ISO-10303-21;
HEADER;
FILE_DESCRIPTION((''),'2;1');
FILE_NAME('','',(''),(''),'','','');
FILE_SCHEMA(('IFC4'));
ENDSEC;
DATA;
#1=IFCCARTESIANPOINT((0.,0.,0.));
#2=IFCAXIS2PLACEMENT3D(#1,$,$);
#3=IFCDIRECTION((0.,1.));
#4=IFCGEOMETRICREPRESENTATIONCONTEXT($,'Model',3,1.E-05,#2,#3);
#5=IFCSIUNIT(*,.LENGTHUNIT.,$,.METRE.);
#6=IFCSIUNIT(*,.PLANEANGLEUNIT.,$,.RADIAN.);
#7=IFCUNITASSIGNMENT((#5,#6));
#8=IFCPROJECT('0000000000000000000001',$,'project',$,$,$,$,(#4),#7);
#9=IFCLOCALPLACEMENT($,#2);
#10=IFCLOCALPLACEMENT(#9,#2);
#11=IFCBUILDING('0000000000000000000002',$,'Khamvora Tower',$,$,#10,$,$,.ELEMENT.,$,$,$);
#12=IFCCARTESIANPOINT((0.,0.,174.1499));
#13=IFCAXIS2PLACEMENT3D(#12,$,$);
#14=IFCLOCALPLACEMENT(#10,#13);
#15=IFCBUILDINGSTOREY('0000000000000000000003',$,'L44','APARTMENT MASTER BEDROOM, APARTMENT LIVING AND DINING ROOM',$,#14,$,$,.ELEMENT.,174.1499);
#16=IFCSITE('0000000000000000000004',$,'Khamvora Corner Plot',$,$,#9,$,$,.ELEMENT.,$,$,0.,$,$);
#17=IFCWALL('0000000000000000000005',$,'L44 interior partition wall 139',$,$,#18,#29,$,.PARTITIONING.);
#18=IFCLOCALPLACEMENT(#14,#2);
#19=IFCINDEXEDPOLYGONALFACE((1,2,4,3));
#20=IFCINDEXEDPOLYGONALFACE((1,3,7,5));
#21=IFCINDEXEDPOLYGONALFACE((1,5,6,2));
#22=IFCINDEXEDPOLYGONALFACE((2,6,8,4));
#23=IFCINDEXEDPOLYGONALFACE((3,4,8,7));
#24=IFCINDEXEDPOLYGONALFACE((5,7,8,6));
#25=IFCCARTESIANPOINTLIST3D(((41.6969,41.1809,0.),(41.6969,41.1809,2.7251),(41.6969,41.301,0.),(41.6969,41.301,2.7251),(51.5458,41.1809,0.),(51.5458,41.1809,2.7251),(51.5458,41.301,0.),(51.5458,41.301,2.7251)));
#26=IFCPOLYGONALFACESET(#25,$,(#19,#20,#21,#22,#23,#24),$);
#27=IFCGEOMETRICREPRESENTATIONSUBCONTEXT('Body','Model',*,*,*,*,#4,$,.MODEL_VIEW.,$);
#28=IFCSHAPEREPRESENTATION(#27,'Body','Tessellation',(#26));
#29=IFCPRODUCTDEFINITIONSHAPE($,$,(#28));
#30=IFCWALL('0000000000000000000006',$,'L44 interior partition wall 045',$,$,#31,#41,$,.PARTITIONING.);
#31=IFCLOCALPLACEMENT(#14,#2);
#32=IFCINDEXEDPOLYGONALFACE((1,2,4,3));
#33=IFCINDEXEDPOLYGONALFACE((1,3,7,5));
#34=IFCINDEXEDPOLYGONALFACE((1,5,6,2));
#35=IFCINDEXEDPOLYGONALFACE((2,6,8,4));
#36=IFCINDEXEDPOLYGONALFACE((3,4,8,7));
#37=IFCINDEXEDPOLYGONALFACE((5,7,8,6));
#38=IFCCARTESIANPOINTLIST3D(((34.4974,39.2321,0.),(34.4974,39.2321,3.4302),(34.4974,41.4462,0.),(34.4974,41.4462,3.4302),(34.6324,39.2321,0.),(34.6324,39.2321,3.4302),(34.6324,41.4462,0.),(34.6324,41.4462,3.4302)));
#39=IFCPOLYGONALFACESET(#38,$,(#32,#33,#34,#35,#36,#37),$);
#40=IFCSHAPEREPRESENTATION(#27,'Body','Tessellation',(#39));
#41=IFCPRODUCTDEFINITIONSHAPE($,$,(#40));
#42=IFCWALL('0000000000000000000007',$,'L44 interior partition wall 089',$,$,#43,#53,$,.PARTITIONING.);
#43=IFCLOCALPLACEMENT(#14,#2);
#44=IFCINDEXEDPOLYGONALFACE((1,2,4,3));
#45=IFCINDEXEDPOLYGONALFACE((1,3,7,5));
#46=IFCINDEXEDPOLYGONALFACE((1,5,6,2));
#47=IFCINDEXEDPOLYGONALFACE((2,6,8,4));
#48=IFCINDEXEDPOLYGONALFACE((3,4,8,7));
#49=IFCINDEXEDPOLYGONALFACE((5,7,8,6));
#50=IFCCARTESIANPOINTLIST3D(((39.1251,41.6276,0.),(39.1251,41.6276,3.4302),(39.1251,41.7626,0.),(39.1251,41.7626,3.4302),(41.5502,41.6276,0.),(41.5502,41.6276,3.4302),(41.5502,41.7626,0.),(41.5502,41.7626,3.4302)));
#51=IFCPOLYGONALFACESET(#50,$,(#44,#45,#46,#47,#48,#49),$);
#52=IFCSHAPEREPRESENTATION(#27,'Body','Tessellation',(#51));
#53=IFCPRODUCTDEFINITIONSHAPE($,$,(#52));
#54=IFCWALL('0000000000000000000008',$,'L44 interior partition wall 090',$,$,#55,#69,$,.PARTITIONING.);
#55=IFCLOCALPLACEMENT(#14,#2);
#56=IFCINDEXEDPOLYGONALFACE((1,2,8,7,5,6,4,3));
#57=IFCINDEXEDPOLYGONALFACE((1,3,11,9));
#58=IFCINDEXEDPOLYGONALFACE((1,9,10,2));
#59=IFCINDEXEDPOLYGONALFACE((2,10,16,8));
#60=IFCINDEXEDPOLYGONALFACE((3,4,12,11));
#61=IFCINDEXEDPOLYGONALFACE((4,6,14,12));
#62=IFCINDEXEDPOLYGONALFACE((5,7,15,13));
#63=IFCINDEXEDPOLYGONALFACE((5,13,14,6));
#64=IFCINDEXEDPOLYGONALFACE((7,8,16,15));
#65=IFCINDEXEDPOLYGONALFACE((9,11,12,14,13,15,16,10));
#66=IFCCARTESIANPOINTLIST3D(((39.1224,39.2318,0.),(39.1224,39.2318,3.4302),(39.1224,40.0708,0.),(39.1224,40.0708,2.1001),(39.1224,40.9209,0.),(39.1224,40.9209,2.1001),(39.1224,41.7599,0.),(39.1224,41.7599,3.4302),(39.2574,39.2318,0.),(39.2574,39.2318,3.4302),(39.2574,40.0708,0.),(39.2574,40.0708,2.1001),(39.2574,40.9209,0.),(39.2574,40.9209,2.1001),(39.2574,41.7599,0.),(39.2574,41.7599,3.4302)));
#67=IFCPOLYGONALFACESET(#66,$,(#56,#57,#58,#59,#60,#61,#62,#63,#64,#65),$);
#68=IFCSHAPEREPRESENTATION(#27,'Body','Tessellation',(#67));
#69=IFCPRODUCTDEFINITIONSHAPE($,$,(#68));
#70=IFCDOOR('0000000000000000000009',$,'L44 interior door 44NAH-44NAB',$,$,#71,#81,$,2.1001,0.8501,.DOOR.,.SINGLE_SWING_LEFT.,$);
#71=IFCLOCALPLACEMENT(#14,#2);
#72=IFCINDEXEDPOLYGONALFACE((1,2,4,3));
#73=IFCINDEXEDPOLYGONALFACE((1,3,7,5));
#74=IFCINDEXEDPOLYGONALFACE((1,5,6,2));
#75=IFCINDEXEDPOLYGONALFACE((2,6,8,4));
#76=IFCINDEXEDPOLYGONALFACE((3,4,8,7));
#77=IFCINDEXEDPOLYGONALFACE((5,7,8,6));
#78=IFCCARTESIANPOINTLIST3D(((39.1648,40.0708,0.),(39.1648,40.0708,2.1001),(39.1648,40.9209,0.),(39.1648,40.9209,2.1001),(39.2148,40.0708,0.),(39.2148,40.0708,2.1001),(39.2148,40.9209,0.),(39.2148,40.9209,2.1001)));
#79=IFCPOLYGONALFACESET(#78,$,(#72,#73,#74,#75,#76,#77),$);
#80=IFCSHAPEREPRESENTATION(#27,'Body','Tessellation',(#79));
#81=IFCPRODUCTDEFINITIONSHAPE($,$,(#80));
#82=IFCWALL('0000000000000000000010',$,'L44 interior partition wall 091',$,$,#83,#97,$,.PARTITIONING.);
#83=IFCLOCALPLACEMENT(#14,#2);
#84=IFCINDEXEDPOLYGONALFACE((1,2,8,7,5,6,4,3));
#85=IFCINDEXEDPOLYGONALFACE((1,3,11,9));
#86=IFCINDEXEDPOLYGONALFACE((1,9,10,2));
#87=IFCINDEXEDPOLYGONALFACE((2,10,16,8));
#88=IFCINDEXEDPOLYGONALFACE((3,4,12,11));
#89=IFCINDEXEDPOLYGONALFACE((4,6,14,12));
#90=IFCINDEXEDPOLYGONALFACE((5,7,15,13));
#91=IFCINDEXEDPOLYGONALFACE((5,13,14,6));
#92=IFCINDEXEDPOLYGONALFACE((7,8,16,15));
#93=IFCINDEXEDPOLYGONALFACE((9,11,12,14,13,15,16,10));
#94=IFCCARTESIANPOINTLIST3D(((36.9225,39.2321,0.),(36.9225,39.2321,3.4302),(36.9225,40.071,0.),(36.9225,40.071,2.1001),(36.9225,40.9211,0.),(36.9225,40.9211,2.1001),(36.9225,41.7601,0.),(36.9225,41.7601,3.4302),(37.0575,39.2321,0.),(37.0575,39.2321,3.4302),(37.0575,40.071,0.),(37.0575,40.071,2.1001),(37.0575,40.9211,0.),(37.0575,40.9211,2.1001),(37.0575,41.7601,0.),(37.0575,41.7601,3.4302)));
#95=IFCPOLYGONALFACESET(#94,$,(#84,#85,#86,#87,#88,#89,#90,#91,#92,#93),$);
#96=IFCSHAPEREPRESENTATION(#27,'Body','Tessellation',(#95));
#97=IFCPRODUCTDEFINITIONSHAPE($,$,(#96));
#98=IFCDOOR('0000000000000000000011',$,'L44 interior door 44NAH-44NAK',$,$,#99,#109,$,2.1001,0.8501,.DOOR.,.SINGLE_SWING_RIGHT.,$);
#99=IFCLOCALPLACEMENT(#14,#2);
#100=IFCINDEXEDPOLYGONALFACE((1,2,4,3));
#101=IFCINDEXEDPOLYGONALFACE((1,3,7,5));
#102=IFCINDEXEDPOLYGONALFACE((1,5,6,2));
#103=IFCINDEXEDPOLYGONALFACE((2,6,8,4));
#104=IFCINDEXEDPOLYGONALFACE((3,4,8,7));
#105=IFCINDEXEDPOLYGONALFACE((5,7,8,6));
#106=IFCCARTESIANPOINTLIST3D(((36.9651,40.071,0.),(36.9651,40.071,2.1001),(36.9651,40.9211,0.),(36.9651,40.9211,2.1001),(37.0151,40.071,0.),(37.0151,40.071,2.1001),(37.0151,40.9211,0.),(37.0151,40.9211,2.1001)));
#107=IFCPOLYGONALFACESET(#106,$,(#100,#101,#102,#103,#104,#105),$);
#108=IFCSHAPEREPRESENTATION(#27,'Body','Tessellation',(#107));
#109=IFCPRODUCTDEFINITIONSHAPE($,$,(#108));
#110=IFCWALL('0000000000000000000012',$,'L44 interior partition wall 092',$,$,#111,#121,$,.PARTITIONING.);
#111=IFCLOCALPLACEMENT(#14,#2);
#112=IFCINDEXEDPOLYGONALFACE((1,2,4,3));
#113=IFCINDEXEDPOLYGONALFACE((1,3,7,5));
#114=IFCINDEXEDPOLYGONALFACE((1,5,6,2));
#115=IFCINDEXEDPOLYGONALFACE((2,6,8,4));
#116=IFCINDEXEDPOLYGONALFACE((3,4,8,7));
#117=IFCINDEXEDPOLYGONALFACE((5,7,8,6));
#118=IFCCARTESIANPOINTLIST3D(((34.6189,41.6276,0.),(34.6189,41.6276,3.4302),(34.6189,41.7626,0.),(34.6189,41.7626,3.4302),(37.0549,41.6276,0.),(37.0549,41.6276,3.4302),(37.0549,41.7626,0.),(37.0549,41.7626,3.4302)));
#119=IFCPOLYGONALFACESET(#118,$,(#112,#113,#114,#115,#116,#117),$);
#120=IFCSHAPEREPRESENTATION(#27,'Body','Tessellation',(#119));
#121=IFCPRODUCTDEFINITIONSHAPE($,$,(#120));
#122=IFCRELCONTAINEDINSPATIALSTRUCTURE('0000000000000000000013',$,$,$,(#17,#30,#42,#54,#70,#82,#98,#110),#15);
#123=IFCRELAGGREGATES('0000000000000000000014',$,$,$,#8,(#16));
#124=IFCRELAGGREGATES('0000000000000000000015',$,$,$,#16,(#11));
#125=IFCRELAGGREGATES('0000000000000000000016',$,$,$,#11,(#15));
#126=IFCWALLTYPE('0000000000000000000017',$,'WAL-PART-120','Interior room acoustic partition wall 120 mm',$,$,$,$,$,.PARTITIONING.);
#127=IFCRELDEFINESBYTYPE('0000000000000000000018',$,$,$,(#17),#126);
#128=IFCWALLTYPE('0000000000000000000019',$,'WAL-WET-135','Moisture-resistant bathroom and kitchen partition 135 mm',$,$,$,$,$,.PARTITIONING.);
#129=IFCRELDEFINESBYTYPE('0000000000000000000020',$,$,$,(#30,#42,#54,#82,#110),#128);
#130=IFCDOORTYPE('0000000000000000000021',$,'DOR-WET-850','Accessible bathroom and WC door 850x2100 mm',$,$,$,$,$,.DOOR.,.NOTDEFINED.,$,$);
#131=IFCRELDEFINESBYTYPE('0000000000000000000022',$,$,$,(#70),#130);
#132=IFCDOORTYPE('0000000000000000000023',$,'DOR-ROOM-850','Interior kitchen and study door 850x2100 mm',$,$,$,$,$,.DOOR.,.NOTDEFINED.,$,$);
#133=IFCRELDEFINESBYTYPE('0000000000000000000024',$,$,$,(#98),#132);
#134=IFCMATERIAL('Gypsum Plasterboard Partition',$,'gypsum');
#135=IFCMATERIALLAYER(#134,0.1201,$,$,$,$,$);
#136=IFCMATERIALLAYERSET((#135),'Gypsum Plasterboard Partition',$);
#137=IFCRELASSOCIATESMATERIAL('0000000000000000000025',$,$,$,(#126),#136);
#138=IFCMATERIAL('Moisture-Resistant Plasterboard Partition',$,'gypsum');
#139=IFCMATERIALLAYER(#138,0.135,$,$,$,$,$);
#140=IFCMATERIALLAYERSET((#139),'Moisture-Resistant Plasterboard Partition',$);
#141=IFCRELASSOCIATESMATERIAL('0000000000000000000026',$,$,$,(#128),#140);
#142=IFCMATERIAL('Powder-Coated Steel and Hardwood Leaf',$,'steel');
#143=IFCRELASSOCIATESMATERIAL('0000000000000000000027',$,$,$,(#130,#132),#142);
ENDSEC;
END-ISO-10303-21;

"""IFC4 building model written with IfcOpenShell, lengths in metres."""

from ifc_helpers import new_model, si_unit, direction, frame, frame_2d, origin, place, context, subcontext, project, spatial, rectangle, extrude, material, layer, layer_set, type_object, element, fill, save


model = new_model("IFC4")

# Units and contexts
model_context = context("Model", 3, precision=1e-05, world=origin(), true_north=direction((0.0, 1.0)))
body_context = subcontext(model_context, "Body", "Model", "MODEL_VIEW")
ifc_project = project(units=[si_unit("LENGTHUNIT", "METRE"), si_unit("PLANEANGLEUNIT", "RADIAN")], contexts=[model_context])

# Site, building, storey
site_placement = place(None, origin())
site = spatial("IfcSite", under=ifc_project, at=site_placement, Name="Khamvora Corner Plot", CompositionType="ELEMENT", RefElevation=0.0)
building_placement = place(site_placement, origin())
building = spatial("IfcBuilding", under=site, at=building_placement, Name="Khamvora Tower", CompositionType="ELEMENT")
storey_placement = place(building_placement, frame((0.0, 0.0, 174.1499)))
storey = spatial("IfcBuildingStorey", under=building, at=storey_placement, Name="L44", Description="APARTMENT MASTER BEDROOM, APARTMENT LIVING AND DINING ROOM", CompositionType="ELEMENT", Elevation=174.1499)

# Shared definitions
ifc_material_1 = material(Name="Powder-Coated Steel and Hardwood Leaf", Category="steel")

# Shared definitions
ifc_material_2 = material(Name="Gypsum Plasterboard Partition", Category="gypsum")
ifc_layer_1 = layer(ifc_material_2, 0.1201)
ifc_layer_set_1 = layer_set([ifc_layer_1], Name="Gypsum Plasterboard Partition")
wall_type_1 = type_object("IfcWallType", Name="WAL-PART-120", Description="Interior room acoustic partition wall 120 mm", PredefinedType="PARTITIONING", material=ifc_layer_set_1)

# Walls
wall_1_placement = place(storey_placement, frame((41.697, 41.241, 0.0), z_axis=(0.0, 0.0, 1.0), x_axis=(1.0, 0.0, 0.0)))
element("IfcWall", 1, at=wall_1_placement, inside=storey, type_object=wall_type_1, Name="L44 interior partition wall 139", PredefinedType="PARTITIONING", context=body_context, shape_type="SweptSolid", body=[
    extrude(rectangle(XDim=9.8489, YDim=0.1201, at=frame_2d((4.9243, 0.0))), origin(), (0.0, 0.0, 1.0), 2.7251),
])
ifc_material_3 = material(Name="Moisture-Resistant Plasterboard Partition", Category="gypsum")
ifc_layer_2 = layer(ifc_material_3, 0.135)
ifc_layer_set_2 = layer_set([ifc_layer_2], Name="Moisture-Resistant Plasterboard Partition")
wall_type_2 = type_object("IfcWallType", Name="WAL-WET-135", Description="Moisture-resistant bathroom and kitchen partition 135 mm", PredefinedType="PARTITIONING", material=ifc_layer_set_2)
wall_2_placement = place(storey_placement, frame((34.5649, 41.446, 0.0), z_axis=(0.0, 0.0, 1.0), x_axis=(0.0, -1.0, 0.0)))
element("IfcWall", 2, at=wall_2_placement, inside=storey, type_object=wall_type_2, Name="L44 interior partition wall 045", PredefinedType="PARTITIONING", context=body_context, shape_type="SweptSolid", body=[
    extrude(rectangle(XDim=2.2141, YDim=0.135, at=frame_2d((1.1069, 0.0))), origin(), (0.0, 0.0, 1.0), 3.4302),
])
wall_3_placement = place(storey_placement, frame((41.55, 41.6951, 0.0), z_axis=(0.0, 0.0, 1.0), x_axis=(-1.0, 0.0, 0.0)))
element("IfcWall", 3, at=wall_3_placement, inside=storey, type_object=wall_type_2, Name="L44 interior partition wall 089", PredefinedType="PARTITIONING", context=body_context, shape_type="SweptSolid", body=[
    extrude(rectangle(XDim=2.425, YDim=0.135, at=frame_2d((1.2124, 0.0))), origin(), (0.0, 0.0, 1.0), 3.4302),
])

# Walls, openings, doors
wall_4_placement = place(storey_placement, frame((39.1899, 41.76, 0.0), z_axis=(0.0, 0.0, 1.0), x_axis=(0.0, -1.0, 0.0)))
wall_4 = element("IfcWall", 4, at=wall_4_placement, inside=storey, type_object=wall_type_2, Name="L44 interior partition wall 090", PredefinedType="PARTITIONING", context=body_context, shape_type="SweptSolid", body=[
    extrude(rectangle(XDim=2.5281, YDim=0.135, at=frame_2d((1.2642, 0.0))), origin(), (0.0, 0.0, 1.0), 3.4302),
])
opening_1_placement = place(wall_4_placement, frame((0.8391, 0.0, 0.0)))
opening_1 = element("IfcOpeningElement", 5, at=opening_1_placement, cuts=wall_4, PredefinedType="OPENING", context=body_context, shape_type="SweptSolid", body=[
    extrude(rectangle(XDim=0.8501, YDim=2.1001, at=frame_2d((0.425, 1.05))), frame((0.0, 0.0774, 0.0), z_axis=(0.0, -1.0, 0.0), x_axis=(1.0, 0.0, 0.0)), (0.0, 0.0, 1.0), 0.155),
])
door_type_1 = type_object("IfcDoorType", Name="DOR-WET-850", Description="Accessible bathroom and WC door 850x2100 mm", OperationType="NOTDEFINED", PredefinedType="DOOR", material=ifc_material_1)
door_1_placement = place(opening_1_placement, origin())
door_1 = element("IfcDoor", 6, at=door_1_placement, inside=storey, type_object=door_type_1, Name="L44 interior door 44NAH-44NAB", OperationType="SINGLE_SWING_LEFT", OverallHeight=2.1001, OverallWidth=0.8501, PredefinedType="DOOR", context=body_context, shape_type="SweptSolid", body=[
    extrude(rectangle(XDim=0.8501, YDim=2.1001, at=frame_2d((0.425, 1.05))), frame((0.0, 0.0249, 0.0), z_axis=(0.0, -1.0, 0.0), x_axis=(1.0, 0.0, 0.0)), (0.0, 0.0, 1.0), 0.05),
])
fill(opening_1, door_1)
wall_5_placement = place(storey_placement, frame((36.99, 39.2319, 0.0), z_axis=(0.0, 0.0, 1.0), x_axis=(0.0, 1.0, 0.0)))
wall_5 = element("IfcWall", 7, at=wall_5_placement, inside=storey, type_object=wall_type_2, Name="L44 interior partition wall 091", PredefinedType="PARTITIONING", context=body_context, shape_type="SweptSolid", body=[
    extrude(rectangle(XDim=2.5281, YDim=0.135, at=frame_2d((1.2642, 0.0))), origin(), (0.0, 0.0, 1.0), 3.4302),
])
opening_2_placement = place(wall_5_placement, frame((0.8391, 0.0, 0.0)))
opening_2 = element("IfcOpeningElement", 8, at=opening_2_placement, cuts=wall_5, PredefinedType="OPENING", context=body_context, shape_type="SweptSolid", body=[
    extrude(rectangle(XDim=0.8501, YDim=2.1001, at=frame_2d((0.425, 1.05))), frame((0.0, 0.0774, 0.0), z_axis=(0.0, -1.0, 0.0), x_axis=(1.0, 0.0, 0.0)), (0.0, 0.0, 1.0), 0.155),
])
door_type_2 = type_object("IfcDoorType", Name="DOR-ROOM-850", Description="Interior kitchen and study door 850x2100 mm", OperationType="NOTDEFINED", PredefinedType="DOOR", material=ifc_material_1)
door_2_placement = place(opening_2_placement, origin())
door_2 = element("IfcDoor", 9, at=door_2_placement, inside=storey, type_object=door_type_2, Name="L44 interior door 44NAH-44NAK", OperationType="SINGLE_SWING_RIGHT", OverallHeight=2.1001, OverallWidth=0.8501, PredefinedType="DOOR", context=body_context, shape_type="SweptSolid", body=[
    extrude(rectangle(XDim=0.8501, YDim=2.1001, at=frame_2d((0.425, 1.05))), frame((0.0, 0.0249, 0.0), z_axis=(0.0, -1.0, 0.0), x_axis=(1.0, 0.0, 0.0)), (0.0, 0.0, 1.0), 0.05),
])
fill(opening_2, door_2)

# Wall
wall_6_placement = place(storey_placement, frame((37.0549, 41.6951, 0.0), z_axis=(0.0, 0.0, 1.0), x_axis=(-1.0, 0.0, 0.0)))
element("IfcWall", 10, at=wall_6_placement, inside=storey, type_object=wall_type_2, Name="L44 interior partition wall 092", PredefinedType="PARTITIONING", context=body_context, shape_type="SweptSolid", body=[
    extrude(rectangle(XDim=2.436, YDim=0.135, at=frame_2d((1.218, 0.0))), origin(), (0.0, 0.0, 1.0), 3.4302),
])

save(model, "model.ifc")
